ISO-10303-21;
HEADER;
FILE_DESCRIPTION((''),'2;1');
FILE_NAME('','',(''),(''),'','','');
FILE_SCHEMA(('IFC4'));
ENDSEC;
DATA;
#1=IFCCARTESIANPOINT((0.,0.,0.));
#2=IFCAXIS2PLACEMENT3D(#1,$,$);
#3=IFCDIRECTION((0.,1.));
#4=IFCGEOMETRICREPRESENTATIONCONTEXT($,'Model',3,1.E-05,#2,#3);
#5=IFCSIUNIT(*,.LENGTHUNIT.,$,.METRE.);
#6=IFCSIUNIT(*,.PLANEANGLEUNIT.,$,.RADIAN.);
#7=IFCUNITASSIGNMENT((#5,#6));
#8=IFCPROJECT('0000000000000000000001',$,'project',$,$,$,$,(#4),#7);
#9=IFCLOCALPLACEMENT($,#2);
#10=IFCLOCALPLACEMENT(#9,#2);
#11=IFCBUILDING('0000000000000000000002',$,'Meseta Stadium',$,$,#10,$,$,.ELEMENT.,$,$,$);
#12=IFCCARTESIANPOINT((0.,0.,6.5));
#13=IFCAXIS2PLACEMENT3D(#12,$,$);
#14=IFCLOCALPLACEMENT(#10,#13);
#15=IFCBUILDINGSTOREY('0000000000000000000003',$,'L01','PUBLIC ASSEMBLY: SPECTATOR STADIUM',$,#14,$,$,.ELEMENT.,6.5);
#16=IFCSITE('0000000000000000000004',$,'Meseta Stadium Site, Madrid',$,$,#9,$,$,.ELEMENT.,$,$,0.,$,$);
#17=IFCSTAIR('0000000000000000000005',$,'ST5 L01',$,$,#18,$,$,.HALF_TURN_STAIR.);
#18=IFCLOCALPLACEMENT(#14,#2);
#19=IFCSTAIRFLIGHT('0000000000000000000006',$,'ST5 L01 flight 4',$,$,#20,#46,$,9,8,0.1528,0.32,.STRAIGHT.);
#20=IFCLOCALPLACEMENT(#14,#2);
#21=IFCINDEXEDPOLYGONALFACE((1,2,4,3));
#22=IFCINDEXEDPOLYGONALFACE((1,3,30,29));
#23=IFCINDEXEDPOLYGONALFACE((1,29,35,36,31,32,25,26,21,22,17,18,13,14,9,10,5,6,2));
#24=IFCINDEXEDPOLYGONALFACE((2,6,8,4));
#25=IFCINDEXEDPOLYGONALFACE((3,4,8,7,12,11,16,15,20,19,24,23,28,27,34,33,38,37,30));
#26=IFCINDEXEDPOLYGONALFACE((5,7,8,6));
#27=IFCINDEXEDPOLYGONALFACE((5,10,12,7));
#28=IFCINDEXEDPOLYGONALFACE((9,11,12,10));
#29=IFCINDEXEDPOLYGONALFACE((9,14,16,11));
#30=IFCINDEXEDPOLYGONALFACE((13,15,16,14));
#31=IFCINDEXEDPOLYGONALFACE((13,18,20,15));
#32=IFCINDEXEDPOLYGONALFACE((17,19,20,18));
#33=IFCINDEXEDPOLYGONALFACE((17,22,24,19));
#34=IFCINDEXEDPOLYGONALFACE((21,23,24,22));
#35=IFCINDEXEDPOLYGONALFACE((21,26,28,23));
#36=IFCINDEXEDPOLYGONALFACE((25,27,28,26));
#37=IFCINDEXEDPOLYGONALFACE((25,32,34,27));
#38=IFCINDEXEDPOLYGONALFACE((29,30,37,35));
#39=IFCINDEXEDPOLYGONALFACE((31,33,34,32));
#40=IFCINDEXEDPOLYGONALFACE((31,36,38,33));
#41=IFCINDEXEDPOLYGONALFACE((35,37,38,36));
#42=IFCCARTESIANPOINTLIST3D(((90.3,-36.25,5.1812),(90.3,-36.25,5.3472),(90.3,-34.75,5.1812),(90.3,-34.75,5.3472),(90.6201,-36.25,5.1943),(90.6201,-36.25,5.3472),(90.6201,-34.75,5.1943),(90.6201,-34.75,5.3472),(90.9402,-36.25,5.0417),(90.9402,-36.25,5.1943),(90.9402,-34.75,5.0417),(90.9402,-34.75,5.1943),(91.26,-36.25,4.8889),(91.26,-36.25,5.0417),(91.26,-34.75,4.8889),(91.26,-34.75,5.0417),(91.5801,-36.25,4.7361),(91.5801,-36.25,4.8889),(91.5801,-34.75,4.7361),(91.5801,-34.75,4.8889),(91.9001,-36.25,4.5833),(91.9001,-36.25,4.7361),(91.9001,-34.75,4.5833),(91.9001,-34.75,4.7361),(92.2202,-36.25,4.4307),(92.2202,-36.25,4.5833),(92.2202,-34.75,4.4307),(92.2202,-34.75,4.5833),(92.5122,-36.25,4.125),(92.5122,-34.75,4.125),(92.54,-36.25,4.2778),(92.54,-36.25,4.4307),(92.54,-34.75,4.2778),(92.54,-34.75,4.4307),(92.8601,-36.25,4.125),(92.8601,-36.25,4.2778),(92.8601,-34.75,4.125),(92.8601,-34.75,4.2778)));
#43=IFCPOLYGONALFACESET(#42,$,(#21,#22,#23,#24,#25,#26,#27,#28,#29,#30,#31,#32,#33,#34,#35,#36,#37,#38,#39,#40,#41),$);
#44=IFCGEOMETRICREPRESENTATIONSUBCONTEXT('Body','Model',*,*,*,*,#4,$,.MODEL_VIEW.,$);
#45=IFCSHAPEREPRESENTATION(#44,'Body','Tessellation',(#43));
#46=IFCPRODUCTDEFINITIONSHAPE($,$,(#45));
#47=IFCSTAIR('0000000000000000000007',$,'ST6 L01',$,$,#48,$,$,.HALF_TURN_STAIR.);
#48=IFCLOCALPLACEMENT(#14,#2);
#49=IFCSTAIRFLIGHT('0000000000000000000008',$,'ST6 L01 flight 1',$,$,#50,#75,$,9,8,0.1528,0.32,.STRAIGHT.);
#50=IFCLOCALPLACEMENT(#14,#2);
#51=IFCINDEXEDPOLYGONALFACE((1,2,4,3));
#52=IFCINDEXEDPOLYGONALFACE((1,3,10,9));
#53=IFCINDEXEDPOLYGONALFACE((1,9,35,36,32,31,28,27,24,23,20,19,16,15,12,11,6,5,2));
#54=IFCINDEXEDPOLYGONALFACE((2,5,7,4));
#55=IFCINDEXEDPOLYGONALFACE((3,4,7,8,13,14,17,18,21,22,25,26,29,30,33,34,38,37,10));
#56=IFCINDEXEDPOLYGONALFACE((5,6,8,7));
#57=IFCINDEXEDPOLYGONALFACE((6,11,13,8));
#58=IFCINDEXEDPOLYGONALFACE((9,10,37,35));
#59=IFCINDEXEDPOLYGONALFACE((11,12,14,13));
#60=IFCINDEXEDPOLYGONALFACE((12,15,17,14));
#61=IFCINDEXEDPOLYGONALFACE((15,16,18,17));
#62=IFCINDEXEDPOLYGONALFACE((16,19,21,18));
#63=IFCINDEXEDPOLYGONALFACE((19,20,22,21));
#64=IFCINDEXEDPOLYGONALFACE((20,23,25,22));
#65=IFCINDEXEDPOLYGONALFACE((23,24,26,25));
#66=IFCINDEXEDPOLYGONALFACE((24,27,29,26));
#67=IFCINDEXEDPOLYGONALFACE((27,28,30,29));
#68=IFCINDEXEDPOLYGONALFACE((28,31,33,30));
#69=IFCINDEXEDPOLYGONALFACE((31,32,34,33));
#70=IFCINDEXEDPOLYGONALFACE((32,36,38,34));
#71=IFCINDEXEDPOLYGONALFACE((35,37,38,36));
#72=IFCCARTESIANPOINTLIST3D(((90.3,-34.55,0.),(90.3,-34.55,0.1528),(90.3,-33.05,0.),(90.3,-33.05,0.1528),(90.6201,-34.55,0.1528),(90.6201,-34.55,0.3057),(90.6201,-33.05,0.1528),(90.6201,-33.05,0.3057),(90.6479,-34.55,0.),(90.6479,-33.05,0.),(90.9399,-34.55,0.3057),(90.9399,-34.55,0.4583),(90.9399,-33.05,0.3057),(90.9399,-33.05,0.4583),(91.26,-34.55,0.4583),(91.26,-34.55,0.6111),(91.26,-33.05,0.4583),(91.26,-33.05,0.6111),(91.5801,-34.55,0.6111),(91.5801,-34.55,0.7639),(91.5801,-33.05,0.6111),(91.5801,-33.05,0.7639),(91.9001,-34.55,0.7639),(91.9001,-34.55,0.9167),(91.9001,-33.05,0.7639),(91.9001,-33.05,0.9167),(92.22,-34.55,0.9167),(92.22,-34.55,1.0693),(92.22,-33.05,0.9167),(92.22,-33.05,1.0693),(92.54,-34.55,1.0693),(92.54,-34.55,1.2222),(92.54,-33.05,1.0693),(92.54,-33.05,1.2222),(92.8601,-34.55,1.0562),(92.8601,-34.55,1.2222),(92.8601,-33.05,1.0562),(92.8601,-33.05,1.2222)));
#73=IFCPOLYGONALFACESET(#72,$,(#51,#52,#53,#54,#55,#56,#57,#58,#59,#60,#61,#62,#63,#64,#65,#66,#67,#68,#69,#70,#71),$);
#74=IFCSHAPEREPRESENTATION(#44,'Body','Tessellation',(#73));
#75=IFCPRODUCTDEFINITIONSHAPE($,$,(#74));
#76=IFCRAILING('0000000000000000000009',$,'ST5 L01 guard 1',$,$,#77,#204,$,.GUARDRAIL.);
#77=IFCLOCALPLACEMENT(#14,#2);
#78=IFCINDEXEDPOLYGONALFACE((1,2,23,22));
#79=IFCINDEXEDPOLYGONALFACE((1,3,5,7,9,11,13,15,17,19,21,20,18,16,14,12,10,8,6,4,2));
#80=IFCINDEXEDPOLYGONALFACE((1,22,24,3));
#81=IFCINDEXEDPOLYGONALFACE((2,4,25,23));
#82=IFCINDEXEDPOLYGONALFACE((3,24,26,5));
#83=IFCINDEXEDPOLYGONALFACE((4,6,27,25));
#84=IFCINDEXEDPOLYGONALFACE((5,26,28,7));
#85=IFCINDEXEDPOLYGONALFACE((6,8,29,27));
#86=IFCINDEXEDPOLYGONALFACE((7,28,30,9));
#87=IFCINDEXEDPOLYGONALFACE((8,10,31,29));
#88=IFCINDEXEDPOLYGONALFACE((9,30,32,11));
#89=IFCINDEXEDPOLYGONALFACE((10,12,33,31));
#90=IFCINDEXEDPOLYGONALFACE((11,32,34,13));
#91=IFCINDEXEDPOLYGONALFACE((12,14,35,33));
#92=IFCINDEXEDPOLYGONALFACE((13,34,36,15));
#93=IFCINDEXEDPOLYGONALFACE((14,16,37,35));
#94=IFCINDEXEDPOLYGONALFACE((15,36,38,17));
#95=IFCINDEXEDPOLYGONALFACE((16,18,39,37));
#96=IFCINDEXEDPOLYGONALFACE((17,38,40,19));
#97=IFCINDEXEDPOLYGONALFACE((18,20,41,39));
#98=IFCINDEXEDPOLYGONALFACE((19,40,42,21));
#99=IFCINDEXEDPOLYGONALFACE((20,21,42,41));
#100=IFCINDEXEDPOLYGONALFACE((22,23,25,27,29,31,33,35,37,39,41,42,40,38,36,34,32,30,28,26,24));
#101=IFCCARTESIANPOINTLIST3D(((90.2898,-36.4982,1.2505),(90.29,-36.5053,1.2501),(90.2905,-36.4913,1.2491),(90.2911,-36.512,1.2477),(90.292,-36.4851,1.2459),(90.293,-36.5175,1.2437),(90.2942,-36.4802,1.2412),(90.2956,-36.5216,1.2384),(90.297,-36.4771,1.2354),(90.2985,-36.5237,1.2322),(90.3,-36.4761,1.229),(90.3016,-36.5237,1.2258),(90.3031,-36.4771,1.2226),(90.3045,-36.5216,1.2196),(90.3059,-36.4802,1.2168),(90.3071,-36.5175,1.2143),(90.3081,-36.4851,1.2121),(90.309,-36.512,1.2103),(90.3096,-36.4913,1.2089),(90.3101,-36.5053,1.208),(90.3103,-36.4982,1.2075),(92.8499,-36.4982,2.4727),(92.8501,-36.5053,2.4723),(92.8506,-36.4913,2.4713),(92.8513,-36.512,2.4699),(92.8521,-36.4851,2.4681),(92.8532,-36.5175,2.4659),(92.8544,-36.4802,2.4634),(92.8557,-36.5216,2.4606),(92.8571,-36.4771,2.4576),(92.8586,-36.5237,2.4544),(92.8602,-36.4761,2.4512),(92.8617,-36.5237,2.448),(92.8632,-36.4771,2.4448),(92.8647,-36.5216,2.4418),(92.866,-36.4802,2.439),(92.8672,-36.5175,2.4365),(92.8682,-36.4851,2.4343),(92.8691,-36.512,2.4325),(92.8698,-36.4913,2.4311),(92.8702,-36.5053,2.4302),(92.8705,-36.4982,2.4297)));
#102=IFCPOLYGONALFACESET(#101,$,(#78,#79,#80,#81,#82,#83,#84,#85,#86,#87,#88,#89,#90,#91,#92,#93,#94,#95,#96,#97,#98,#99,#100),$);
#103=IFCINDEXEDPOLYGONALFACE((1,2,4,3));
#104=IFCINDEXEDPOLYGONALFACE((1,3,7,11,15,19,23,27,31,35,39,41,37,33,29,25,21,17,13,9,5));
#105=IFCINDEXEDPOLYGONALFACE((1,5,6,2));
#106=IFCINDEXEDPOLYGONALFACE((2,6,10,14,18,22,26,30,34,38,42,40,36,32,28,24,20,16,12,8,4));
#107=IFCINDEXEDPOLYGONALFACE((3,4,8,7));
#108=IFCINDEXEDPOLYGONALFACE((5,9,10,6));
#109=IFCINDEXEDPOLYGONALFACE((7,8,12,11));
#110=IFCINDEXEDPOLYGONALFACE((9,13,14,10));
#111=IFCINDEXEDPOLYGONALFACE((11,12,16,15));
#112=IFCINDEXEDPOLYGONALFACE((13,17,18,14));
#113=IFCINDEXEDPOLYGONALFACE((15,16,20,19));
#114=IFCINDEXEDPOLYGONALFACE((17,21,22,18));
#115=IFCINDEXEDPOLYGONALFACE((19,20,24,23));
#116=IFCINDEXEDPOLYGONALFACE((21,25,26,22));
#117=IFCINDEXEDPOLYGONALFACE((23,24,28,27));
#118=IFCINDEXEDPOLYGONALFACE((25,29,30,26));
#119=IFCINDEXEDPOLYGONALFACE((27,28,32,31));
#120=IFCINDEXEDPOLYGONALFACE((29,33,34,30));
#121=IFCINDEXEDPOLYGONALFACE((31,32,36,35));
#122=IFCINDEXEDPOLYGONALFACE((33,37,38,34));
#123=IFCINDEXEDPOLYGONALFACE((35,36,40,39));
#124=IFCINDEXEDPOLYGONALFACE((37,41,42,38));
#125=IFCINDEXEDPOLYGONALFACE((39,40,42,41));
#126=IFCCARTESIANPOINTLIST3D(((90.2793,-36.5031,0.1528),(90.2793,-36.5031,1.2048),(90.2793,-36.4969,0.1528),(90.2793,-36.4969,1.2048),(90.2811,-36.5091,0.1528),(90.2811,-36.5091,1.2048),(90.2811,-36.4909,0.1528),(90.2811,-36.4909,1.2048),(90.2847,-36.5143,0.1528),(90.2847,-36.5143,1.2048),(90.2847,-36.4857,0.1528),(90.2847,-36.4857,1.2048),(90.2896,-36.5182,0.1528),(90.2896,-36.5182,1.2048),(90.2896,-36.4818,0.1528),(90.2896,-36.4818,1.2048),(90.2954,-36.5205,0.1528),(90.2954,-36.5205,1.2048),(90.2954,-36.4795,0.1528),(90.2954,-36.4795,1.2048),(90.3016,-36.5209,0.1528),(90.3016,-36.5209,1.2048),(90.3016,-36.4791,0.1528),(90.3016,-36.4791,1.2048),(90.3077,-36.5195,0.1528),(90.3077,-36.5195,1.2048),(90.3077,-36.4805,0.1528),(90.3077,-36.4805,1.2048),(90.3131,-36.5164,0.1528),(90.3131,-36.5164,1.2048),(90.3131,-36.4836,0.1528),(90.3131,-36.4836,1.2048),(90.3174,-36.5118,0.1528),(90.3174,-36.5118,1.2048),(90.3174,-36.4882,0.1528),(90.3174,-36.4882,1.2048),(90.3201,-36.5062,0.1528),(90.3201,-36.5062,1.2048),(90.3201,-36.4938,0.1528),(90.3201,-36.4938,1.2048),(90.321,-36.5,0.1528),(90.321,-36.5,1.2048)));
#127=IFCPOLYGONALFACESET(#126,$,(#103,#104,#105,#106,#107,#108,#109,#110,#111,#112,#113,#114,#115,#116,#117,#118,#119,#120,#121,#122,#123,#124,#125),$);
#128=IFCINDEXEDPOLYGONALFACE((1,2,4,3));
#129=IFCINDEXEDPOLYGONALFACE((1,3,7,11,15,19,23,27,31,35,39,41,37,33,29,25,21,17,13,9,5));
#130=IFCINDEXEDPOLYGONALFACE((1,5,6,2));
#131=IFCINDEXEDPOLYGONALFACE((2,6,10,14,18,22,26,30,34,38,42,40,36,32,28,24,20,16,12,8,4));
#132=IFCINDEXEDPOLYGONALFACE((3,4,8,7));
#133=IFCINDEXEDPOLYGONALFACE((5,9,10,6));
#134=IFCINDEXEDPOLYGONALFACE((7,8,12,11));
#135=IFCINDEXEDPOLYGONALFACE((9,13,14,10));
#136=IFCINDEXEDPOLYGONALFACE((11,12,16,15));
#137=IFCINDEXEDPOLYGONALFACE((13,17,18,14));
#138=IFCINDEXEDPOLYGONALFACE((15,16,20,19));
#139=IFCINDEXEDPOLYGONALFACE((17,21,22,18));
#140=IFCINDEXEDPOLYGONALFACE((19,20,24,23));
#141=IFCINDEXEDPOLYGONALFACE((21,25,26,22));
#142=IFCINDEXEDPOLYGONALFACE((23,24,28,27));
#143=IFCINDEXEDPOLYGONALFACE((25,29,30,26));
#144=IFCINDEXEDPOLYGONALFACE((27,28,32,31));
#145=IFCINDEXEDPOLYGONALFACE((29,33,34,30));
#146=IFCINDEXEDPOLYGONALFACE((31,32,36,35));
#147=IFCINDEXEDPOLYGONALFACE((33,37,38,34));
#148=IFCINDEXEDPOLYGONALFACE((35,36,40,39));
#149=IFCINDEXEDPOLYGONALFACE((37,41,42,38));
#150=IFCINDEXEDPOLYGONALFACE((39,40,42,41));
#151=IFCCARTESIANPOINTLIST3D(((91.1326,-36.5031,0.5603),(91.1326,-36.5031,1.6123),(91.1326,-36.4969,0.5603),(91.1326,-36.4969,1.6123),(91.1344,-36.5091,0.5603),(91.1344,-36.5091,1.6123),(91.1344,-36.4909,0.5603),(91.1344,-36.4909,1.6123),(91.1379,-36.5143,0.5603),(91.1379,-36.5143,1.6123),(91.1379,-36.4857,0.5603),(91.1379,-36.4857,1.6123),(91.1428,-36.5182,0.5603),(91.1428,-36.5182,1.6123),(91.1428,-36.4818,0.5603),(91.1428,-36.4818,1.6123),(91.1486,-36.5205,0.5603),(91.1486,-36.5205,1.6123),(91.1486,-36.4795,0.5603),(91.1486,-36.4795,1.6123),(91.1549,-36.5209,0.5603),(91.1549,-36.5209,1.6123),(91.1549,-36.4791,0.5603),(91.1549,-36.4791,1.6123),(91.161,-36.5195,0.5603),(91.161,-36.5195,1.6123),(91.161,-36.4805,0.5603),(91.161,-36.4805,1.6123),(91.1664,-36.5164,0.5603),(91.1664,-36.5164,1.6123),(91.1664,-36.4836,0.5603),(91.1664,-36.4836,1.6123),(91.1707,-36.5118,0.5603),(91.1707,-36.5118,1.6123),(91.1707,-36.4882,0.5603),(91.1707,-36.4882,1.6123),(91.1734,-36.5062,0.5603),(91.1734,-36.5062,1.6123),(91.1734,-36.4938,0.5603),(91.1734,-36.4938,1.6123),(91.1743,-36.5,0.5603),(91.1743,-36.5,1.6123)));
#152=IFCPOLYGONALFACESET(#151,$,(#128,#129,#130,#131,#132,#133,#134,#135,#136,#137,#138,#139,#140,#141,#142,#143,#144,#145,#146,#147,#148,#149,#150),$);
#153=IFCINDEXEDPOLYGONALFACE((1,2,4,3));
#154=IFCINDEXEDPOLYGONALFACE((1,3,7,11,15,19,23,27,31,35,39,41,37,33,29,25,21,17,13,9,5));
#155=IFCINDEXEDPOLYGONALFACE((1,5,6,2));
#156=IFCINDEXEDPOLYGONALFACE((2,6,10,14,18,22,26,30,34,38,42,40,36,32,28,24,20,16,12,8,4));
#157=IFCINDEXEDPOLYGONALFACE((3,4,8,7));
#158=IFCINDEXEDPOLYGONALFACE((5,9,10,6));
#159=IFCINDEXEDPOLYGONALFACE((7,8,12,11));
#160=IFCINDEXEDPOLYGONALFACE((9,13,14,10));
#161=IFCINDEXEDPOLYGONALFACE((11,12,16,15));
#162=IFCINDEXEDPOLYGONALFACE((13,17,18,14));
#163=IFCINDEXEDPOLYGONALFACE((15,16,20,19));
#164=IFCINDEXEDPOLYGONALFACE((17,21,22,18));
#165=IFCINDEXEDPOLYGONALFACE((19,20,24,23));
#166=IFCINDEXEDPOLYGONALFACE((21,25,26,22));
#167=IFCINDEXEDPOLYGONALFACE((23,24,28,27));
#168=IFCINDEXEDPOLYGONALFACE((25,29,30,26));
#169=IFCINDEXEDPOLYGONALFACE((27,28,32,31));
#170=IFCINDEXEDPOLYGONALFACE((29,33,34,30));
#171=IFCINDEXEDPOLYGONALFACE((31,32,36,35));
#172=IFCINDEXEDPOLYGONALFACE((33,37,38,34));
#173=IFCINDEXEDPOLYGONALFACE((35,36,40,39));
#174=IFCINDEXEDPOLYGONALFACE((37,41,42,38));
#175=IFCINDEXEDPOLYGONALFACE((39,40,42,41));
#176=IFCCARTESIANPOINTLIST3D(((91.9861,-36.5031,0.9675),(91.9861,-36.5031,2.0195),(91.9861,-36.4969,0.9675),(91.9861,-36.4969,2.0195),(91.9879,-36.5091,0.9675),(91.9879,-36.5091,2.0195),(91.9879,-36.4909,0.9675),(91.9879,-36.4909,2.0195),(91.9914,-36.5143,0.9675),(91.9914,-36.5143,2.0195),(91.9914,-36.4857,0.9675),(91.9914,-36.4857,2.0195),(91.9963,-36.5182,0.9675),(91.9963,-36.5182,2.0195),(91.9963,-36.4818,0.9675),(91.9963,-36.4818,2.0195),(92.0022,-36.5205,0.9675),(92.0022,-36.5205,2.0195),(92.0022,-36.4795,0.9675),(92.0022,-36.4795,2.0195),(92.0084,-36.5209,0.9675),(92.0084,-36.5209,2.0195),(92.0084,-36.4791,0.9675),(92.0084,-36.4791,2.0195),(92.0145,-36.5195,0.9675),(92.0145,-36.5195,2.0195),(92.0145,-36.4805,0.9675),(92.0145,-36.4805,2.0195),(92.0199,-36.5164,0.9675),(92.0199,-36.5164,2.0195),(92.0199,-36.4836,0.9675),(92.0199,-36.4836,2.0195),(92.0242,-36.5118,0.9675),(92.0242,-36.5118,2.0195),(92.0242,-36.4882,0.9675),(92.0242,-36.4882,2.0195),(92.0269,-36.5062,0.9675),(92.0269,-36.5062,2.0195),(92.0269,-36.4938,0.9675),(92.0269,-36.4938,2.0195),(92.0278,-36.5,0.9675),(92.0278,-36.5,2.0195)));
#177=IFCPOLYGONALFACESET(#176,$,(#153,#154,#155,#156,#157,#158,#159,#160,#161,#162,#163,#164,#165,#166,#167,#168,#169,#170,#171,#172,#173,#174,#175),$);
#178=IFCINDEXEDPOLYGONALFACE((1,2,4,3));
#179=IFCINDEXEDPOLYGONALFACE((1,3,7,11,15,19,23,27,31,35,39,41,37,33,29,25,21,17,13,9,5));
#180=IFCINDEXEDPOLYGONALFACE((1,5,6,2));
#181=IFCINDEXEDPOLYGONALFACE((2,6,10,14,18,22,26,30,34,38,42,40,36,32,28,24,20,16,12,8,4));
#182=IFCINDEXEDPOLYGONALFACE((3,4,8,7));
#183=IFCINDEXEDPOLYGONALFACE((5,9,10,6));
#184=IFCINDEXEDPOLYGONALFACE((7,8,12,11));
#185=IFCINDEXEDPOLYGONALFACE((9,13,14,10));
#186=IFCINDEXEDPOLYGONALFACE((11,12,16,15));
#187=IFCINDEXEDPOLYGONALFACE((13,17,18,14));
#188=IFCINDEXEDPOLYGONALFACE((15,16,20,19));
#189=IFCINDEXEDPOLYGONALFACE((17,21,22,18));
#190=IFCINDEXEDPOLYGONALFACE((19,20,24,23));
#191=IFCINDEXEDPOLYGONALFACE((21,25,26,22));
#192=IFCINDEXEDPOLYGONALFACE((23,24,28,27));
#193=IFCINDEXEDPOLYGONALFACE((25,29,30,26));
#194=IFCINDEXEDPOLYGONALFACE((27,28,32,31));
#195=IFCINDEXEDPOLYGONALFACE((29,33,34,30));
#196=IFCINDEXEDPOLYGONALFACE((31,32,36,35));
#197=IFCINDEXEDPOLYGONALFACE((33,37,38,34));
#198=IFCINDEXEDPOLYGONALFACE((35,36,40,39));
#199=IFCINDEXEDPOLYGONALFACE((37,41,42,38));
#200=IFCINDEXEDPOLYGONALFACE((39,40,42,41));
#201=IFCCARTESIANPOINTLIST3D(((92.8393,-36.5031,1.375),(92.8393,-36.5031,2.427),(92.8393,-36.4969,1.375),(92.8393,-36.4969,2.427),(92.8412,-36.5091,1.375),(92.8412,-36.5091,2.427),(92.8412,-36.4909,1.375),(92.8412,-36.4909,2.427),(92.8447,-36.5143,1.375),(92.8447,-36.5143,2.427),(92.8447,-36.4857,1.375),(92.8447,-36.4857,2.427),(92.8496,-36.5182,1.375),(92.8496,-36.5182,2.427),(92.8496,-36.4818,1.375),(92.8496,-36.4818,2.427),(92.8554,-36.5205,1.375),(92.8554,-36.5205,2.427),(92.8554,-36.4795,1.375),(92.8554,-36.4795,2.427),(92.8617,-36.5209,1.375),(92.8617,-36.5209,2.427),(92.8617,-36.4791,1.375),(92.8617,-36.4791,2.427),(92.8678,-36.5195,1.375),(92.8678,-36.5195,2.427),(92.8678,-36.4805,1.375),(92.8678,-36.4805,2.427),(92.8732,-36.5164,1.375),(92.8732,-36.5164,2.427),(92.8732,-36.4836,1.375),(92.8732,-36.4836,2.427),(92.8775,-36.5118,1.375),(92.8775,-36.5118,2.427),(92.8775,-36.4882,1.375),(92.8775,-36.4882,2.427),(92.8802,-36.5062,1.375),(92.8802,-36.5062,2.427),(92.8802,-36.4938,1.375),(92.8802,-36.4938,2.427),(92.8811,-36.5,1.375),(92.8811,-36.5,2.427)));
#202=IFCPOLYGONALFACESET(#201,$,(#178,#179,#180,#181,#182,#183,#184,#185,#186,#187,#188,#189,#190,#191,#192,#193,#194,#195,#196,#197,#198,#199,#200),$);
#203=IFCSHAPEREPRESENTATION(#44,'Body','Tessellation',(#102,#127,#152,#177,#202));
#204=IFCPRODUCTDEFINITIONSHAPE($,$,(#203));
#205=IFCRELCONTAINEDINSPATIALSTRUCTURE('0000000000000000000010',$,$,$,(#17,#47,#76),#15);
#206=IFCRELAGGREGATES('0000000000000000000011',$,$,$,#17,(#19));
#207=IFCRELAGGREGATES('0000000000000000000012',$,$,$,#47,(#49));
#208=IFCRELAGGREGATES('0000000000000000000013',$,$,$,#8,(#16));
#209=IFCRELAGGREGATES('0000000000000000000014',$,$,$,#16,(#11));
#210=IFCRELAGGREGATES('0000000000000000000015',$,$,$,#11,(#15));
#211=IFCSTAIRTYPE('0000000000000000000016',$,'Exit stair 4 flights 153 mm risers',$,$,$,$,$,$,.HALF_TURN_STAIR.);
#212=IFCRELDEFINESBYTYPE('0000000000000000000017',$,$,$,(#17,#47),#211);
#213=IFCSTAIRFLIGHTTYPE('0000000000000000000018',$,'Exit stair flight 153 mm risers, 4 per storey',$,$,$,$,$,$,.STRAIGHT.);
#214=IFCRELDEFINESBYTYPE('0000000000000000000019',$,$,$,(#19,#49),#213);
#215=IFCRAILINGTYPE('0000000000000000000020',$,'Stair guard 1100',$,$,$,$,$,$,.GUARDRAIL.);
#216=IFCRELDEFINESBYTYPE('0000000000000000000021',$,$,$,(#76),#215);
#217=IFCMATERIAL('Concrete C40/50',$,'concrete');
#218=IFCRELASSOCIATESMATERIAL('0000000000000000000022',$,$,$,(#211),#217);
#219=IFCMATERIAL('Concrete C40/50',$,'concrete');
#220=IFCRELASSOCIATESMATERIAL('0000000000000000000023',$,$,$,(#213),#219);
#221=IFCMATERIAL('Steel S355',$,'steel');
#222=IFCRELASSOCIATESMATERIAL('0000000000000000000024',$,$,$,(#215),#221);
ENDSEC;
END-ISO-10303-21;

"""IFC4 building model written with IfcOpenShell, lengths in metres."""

from ifc_helpers import new_model, si_unit, direction, frame, origin, origin_2d, place, context, subcontext, project, spatial, polyline, circle, outline, extrude, material, type_object, element, aggregate, save


model = new_model("IFC4")

# Units and contexts
model_context = context("Model", 3, precision=1e-05, world=origin(), true_north=direction((0.0, 1.0)))
body_context = subcontext(model_context, "Body", "Model", "MODEL_VIEW")
ifc_project = project(units=[si_unit("LENGTHUNIT", "METRE"), si_unit("PLANEANGLEUNIT", "RADIAN")], contexts=[model_context])

# Site, building, storey
site_placement = place(None, origin())
site = spatial("IfcSite", under=ifc_project, at=site_placement, Name="Meseta Stadium Site, Madrid", CompositionType="ELEMENT", RefElevation=0.0)
building_placement = place(site_placement, origin())
building = spatial("IfcBuilding", under=site, at=building_placement, Name="Meseta Stadium", CompositionType="ELEMENT")
storey_placement = place(building_placement, frame((0.0, 0.0, 6.5)))
storey = spatial("IfcBuildingStorey", under=building, at=storey_placement, Name="L01", Description="PUBLIC ASSEMBLY: SPECTATOR STADIUM", CompositionType="ELEMENT", Elevation=6.5)

# Stair, stair flight
ifc_material_1 = material(Name="Concrete C40/50", Category="concrete")
stair_type = type_object("IfcStairType", Name="Exit stair 4 flights 153 mm risers", PredefinedType="HALF_TURN_STAIR", material=ifc_material_1)
stair_1_placement = place(storey_placement, origin())
stair_1 = element("IfcStair", 1, at=stair_1_placement, inside=storey, type_object=stair_type, Name="ST5 L01", PredefinedType="HALF_TURN_STAIR")
ifc_material_2 = material(Name="Concrete C40/50", Category="concrete")
stair_flight_type = type_object("IfcStairFlightType", Name="Exit stair flight 153 mm risers, 4 per storey", PredefinedType="STRAIGHT", material=ifc_material_2)
stair_flight_1_placement = place(storey_placement, frame((92.8601, -35.5, 4.125), z_axis=(0.0, 0.0, 1.0), x_axis=(-1.0, 0.0, 0.0)))
stair_flight_1 = element("IfcStairFlight", 2, at=stair_flight_1_placement, type_object=stair_flight_type, Name="ST5 L01 flight 4", NumberOfRisers=9, NumberOfTreads=8, PredefinedType="STRAIGHT", RiserHeight=0.1528, TreadLength=0.32, context=body_context, shape_type="SweptSolid", body=[
    extrude(outline(polyline([(0.0, 0.0), (0.0, 0.1528), (0.3201, 0.1528), (0.3201, 0.3057), (0.6399, 0.3057), (0.6399, 0.4583), (0.96, 0.4583), (0.96, 0.6111), (1.28, 0.6111), (1.28, 0.7639), (1.6001, 0.7639), (1.6001, 0.9167), (1.9199, 0.9167), (1.9199, 1.0693), (2.24, 1.0693), (2.24, 1.2222), (2.5601, 1.2222), (2.5601, 1.0562), (0.3479, 0.0), (0.0, 0.0)])), frame((0.0, 0.75, 0.0), z_axis=(0.0, -1.0, 0.0), x_axis=(1.0, 0.0, 0.0)), (0.0, 0.0, 1.0), 1.5),
])
aggregate(stair_1, [stair_flight_1])

# Stair, stair flight
stair_2_placement = place(storey_placement, origin())
stair_2 = element("IfcStair", 3, at=stair_2_placement, inside=storey, type_object=stair_type, Name="ST6 L01", PredefinedType="HALF_TURN_STAIR")
stair_flight_2_placement = place(storey_placement, frame((90.3, -33.8, 0.0), z_axis=(0.0, 0.0, 1.0), x_axis=(1.0, 0.0, 0.0)))
stair_flight_2 = element("IfcStairFlight", 4, at=stair_flight_2_placement, type_object=stair_flight_type, Name="ST6 L01 flight 1", NumberOfRisers=9, NumberOfTreads=8, PredefinedType="STRAIGHT", RiserHeight=0.1528, TreadLength=0.32, context=body_context, shape_type="SweptSolid", body=[
    extrude(outline(polyline([(0.0, 0.0), (0.0, 0.1528), (0.3201, 0.1528), (0.3201, 0.3057), (0.6399, 0.3057), (0.6399, 0.4583), (0.96, 0.4583), (0.96, 0.6111), (1.28, 0.6111), (1.28, 0.7639), (1.6001, 0.7639), (1.6001, 0.9167), (1.9199, 0.9167), (1.9199, 1.0693), (2.24, 1.0693), (2.24, 1.2222), (2.5601, 1.2222), (2.5601, 1.0562), (0.3479, 0.0), (0.0, 0.0)])), frame((0.0, 0.75, 0.0), z_axis=(0.0, -1.0, 0.0), x_axis=(1.0, 0.0, 0.0)), (0.0, 0.0, 1.0), 1.5),
])
aggregate(stair_2, [stair_flight_2])

# Railing
ifc_material_3 = material(Name="Steel S355", Category="steel")
railing_type_1 = type_object("IfcRailingType", Name="Stair guard 1100", PredefinedType="GUARDRAIL", material=ifc_material_3)
railing_1_placement = place(storey_placement, frame((90.3, -36.5, 0.1528)))
element("IfcRailing", 5, at=railing_1_placement, inside=storey, type_object=railing_type_1, Name="ST5 L01 guard 1", PredefinedType="GUARDRAIL", context=body_context, shape_type="SweptSolid", body=[
    extrude(circle(Radius=0.0239, at=origin_2d()), frame((0.0, 0.0, 1.0762), z_axis=(0.902437, 0.0, 0.430822), x_axis=(0.0, 1.0, 0.0)), (0.0, 0.0, 1.0), 2.8369),
    extrude(circle(Radius=0.021, at=origin_2d()), origin(), (0.0, 0.0, 1.0), 1.052),
    extrude(circle(Radius=0.021, at=origin_2d()), frame((0.8533, 0.0, 0.4075)), (0.0, 0.0, 1.0), 1.052),
    extrude(circle(Radius=0.021, at=origin_2d()), frame((1.7068, 0.0, 0.8147)), (0.0, 0.0, 1.0), 1.052),
    extrude(circle(Radius=0.021, at=origin_2d()), frame((2.5601, 0.0, 1.2222)), (0.0, 0.0, 1.0), 1.052),
])

save(model, "model.ifc")
